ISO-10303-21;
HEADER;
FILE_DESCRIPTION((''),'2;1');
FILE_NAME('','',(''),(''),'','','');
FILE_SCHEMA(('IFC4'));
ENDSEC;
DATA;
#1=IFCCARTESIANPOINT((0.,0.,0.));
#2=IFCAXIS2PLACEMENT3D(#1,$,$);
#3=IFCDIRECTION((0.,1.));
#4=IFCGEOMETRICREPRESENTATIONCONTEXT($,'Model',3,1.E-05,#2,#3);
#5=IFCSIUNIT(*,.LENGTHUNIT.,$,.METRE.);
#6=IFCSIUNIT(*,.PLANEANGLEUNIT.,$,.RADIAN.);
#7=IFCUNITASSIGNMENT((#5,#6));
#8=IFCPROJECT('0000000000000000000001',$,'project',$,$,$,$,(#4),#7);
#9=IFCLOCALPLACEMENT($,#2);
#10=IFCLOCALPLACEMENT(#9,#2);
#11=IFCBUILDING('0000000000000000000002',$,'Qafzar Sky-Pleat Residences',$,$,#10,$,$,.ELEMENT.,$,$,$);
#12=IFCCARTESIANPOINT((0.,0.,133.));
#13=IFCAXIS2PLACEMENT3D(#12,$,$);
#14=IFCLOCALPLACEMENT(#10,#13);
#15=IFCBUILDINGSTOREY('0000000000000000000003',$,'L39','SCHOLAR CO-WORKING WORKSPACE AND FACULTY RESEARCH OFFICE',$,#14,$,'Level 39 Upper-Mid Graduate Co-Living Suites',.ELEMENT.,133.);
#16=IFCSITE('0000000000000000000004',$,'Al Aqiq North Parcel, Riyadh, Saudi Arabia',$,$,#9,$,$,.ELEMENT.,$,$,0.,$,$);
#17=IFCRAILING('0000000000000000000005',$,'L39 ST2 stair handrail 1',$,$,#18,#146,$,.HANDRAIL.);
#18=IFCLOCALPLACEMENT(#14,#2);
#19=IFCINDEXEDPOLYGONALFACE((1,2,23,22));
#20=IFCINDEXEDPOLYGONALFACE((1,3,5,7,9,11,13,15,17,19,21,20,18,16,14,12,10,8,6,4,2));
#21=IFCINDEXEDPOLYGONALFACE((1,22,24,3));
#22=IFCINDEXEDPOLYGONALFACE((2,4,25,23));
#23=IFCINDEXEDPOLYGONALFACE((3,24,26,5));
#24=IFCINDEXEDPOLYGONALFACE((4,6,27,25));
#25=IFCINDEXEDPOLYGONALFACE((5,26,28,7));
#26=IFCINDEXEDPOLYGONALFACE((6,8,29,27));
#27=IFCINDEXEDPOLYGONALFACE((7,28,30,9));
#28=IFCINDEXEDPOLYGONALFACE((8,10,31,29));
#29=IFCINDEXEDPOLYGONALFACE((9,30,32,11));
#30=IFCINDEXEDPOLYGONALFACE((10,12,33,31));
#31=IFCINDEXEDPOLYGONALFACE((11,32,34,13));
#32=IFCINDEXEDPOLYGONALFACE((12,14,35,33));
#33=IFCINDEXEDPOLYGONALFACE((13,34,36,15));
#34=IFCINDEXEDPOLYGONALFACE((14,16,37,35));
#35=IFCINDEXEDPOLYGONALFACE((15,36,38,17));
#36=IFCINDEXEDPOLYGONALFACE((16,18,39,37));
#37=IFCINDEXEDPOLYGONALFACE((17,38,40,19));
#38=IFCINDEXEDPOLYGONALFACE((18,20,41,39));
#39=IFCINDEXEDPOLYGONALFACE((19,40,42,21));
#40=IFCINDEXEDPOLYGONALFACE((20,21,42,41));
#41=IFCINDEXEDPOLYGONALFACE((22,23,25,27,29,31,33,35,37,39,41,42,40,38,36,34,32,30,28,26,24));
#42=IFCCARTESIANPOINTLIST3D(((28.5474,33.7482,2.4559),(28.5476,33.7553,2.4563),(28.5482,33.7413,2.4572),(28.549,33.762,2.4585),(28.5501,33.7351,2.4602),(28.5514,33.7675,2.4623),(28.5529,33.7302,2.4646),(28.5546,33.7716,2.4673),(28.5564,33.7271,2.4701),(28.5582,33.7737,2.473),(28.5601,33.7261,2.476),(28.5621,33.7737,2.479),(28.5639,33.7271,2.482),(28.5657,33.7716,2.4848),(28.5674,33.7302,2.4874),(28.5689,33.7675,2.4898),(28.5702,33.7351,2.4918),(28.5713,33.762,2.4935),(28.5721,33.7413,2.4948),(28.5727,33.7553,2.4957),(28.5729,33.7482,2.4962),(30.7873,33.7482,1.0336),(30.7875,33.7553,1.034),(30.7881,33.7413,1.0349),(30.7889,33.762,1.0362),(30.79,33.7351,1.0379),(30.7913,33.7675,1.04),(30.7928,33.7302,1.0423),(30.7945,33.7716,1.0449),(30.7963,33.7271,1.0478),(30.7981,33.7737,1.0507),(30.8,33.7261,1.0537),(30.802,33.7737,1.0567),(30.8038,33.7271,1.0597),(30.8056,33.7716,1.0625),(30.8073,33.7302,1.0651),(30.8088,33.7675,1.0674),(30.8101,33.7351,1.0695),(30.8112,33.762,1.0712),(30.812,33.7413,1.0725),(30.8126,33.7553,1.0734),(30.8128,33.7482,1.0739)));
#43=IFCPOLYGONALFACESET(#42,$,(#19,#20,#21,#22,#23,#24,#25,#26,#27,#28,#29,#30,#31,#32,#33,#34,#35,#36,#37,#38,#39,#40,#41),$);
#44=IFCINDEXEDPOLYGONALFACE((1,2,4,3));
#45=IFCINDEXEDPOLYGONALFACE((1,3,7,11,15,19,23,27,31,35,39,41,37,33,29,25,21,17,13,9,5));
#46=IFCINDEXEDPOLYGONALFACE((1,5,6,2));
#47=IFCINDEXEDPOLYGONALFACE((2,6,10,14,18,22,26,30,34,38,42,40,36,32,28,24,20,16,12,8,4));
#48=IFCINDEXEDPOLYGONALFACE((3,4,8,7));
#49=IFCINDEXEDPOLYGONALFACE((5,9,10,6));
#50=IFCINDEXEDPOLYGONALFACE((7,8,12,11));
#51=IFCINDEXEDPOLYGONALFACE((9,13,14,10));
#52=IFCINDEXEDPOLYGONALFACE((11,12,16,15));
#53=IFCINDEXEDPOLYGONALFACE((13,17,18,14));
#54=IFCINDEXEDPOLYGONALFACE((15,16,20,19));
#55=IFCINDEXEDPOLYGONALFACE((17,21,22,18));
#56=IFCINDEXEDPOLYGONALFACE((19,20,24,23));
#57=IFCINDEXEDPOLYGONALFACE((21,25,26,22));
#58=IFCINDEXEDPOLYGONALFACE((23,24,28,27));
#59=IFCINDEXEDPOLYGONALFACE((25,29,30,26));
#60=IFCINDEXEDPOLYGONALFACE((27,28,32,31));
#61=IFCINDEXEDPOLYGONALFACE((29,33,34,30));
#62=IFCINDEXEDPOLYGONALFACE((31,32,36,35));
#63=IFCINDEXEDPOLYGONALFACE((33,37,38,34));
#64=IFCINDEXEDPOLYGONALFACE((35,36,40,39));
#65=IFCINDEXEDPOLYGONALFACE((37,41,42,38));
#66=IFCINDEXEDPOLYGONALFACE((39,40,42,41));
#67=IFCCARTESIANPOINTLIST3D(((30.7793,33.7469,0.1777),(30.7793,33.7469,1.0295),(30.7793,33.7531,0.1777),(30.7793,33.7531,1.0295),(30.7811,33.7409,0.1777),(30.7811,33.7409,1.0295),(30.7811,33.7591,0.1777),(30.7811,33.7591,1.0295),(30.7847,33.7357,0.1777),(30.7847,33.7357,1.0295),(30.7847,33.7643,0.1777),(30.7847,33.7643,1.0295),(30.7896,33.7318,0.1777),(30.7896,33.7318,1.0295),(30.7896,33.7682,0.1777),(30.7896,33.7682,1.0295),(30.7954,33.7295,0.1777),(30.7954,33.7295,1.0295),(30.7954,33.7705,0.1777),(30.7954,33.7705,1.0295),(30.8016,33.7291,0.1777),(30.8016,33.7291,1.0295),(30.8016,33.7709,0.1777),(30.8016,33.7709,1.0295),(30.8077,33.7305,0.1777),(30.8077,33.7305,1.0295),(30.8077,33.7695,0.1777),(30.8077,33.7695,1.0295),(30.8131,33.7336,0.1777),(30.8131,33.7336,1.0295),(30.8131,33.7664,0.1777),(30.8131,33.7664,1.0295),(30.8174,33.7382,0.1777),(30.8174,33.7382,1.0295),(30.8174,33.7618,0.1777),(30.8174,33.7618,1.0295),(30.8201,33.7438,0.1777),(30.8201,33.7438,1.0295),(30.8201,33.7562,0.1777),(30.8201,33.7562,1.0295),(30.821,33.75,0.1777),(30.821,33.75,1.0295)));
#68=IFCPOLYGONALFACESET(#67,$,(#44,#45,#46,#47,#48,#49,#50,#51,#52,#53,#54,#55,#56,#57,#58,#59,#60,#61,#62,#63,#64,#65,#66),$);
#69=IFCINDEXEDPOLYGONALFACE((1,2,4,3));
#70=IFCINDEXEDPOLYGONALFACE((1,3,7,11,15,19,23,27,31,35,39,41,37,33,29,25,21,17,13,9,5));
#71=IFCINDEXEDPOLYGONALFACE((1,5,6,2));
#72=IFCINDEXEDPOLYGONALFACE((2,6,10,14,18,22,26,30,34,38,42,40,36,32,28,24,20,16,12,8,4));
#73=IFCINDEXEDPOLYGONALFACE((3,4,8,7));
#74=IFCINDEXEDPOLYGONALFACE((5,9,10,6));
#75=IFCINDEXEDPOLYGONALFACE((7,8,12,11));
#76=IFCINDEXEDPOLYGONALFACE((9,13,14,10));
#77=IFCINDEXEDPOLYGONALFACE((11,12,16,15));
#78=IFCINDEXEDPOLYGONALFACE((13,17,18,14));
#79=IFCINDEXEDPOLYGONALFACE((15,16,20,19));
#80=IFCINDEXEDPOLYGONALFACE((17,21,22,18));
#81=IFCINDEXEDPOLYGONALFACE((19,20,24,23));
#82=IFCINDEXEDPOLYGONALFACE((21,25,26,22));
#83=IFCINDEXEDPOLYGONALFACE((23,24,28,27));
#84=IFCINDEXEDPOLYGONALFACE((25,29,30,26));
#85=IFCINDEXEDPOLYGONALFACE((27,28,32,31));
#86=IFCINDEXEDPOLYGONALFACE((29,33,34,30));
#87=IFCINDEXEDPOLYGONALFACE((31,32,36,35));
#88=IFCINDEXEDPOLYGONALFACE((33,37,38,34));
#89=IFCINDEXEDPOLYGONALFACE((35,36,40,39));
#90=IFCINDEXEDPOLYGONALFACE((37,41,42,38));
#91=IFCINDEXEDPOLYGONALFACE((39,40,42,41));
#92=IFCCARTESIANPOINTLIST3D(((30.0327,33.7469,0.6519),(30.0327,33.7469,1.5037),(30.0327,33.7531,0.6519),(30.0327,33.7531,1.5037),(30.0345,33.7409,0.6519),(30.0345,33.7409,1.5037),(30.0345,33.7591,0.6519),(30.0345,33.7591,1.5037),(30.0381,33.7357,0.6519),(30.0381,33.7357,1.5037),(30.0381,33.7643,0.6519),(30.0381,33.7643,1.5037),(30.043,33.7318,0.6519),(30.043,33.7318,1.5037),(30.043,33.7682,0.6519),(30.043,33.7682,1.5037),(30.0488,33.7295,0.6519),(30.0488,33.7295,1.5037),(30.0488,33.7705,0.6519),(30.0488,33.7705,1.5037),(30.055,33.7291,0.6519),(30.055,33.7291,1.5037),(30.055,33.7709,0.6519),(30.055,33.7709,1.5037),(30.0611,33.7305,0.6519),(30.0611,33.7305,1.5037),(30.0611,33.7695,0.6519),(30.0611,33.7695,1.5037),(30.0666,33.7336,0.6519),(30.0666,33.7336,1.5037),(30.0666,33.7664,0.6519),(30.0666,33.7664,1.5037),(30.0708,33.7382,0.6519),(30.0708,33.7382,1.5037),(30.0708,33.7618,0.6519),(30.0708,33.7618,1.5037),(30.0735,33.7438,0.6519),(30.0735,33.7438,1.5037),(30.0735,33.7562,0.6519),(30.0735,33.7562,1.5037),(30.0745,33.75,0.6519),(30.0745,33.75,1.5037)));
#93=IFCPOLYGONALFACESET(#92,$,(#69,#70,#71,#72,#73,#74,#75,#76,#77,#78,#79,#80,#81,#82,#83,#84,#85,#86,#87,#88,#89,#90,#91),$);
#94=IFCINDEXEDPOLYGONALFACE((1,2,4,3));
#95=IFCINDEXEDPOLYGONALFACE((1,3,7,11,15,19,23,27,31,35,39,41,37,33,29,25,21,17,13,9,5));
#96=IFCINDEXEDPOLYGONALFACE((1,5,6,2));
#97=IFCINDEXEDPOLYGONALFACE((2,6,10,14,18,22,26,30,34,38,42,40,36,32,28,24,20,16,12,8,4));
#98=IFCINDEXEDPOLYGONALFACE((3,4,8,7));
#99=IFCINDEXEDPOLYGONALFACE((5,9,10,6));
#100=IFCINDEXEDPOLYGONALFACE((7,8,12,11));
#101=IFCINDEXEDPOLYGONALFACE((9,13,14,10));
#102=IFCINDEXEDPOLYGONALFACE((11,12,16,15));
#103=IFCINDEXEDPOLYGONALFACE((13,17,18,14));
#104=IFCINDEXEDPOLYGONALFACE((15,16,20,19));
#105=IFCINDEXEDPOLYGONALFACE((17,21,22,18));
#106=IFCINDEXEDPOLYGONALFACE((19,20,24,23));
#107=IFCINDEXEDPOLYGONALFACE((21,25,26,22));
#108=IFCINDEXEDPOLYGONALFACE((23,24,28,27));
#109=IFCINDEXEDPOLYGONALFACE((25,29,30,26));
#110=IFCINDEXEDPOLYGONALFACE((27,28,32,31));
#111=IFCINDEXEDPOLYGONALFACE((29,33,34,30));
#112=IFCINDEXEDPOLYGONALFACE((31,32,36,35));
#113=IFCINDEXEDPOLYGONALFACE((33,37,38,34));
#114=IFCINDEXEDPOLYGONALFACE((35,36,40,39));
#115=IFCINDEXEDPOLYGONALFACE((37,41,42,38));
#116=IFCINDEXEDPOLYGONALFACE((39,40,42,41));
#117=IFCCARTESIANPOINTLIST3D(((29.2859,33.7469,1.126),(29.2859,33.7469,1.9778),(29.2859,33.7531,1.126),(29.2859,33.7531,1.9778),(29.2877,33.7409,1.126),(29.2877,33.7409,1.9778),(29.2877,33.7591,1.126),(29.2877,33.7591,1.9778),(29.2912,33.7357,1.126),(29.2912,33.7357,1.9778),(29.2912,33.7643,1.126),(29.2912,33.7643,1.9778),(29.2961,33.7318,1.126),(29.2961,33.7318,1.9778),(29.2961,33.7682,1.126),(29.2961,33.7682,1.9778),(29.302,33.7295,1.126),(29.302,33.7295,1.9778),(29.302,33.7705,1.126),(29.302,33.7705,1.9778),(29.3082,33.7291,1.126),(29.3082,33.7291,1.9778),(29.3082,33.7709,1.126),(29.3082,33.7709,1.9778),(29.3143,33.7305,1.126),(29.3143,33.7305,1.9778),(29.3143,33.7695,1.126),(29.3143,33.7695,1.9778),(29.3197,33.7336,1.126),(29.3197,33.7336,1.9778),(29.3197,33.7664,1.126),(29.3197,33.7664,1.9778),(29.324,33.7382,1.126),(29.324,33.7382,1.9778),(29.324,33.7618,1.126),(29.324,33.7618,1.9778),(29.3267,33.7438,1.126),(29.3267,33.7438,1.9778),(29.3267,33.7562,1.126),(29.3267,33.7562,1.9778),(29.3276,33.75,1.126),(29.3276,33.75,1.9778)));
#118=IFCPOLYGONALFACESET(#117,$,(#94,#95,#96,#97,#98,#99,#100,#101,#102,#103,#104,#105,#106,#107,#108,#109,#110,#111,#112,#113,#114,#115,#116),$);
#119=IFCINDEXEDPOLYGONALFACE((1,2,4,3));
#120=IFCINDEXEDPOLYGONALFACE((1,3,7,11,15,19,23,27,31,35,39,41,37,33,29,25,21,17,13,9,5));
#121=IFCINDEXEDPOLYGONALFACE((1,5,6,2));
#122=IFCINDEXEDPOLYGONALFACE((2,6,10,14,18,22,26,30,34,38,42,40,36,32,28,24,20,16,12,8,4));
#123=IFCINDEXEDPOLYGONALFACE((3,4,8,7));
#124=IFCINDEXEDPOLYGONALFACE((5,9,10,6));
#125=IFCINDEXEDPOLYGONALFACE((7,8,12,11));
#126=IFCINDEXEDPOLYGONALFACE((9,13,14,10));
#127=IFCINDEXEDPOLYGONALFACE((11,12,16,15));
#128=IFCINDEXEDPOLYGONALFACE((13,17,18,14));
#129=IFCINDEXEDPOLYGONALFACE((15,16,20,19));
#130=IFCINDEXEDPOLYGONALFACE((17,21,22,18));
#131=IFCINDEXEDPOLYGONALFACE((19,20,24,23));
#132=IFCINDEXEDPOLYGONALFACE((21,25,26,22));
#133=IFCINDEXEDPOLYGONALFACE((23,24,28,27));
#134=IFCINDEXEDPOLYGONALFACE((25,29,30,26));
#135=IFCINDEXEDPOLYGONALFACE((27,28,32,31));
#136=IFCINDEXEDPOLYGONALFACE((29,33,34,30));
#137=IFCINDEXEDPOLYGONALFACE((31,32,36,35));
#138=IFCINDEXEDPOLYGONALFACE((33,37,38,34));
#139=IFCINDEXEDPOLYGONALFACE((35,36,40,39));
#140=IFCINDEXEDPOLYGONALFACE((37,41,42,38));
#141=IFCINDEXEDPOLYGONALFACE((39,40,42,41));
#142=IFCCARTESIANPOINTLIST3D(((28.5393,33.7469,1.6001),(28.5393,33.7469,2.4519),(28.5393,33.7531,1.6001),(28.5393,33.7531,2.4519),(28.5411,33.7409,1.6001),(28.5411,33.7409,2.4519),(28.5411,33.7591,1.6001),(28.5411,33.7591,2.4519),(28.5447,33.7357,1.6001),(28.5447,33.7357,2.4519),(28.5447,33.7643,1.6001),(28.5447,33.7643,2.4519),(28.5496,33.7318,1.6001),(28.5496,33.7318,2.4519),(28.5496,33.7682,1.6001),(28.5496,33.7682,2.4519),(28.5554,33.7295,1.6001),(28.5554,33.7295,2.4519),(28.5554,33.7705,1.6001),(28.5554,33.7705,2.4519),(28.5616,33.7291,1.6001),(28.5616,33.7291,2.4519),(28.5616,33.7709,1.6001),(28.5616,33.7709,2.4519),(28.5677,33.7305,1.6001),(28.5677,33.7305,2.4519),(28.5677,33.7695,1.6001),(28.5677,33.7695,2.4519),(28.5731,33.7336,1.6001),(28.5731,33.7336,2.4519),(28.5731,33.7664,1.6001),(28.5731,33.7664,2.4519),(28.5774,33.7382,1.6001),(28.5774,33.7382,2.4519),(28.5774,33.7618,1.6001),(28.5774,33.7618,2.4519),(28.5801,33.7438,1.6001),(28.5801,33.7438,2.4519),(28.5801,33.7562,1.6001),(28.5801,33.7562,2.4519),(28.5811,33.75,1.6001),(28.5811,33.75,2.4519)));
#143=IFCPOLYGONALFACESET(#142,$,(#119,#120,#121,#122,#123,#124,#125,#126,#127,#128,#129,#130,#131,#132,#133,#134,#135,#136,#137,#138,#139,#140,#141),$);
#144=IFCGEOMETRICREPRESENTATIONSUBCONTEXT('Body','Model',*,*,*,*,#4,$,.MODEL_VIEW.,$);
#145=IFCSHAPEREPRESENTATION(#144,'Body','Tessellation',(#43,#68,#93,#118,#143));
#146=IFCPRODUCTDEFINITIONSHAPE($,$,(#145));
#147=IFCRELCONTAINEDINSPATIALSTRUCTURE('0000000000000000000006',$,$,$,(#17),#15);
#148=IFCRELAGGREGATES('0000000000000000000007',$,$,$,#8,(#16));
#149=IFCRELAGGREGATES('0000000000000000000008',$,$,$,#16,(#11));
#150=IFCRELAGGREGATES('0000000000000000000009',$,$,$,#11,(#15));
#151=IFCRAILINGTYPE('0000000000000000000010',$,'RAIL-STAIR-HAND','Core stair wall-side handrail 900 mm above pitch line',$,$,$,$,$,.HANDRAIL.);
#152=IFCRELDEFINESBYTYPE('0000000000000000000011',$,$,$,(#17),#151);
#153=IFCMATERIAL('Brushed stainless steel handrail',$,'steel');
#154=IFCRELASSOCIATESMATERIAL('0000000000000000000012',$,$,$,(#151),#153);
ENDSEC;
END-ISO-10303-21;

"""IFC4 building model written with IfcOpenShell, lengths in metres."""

from ifc_helpers import new_model, si_unit, direction, frame, origin, origin_2d, place, context, subcontext, project, spatial, circle, extrude, source, transform, mapped, material, type_object, element, save


model = new_model("IFC4")

# Units and contexts
model_context = context("Model", 3, precision=1e-05, world=origin(), true_north=direction((0.0, 1.0)))
body_context = subcontext(model_context, "Body", "Model", "MODEL_VIEW")
ifc_project = project(units=[si_unit("LENGTHUNIT", "METRE"), si_unit("PLANEANGLEUNIT", "RADIAN")], contexts=[model_context])

# Site, building, storey
site_placement = place(None, origin())
site = spatial("IfcSite", under=ifc_project, at=site_placement, Name="Al Aqiq North Parcel, Riyadh, Saudi Arabia", CompositionType="ELEMENT", RefElevation=0.0)
building_placement = place(site_placement, origin())
building = spatial("IfcBuilding", under=site, at=building_placement, Name="Qafzar Sky-Pleat Residences", CompositionType="ELEMENT")
storey_placement = place(building_placement, frame((0.0, 0.0, 133.0)))
storey = spatial("IfcBuildingStorey", under=building, at=storey_placement, Name="L39", Description="SCHOLAR CO-WORKING WORKSPACE AND FACULTY RESEARCH OFFICE", LongName="Level 39 Upper-Mid Graduate Co-Living Suites", CompositionType="ELEMENT", Elevation=133.0)

# Railing
ifc_material_1 = material(Name="Brushed stainless steel handrail", Category="steel")
railing_type_1 = type_object("IfcRailingType", Name="RAIL-STAIR-HAND", Description="Core stair wall-side handrail 900 mm above pitch line", PredefinedType="HANDRAIL", material=ifc_material_1)
shared_shape_1 = source(origin(), body_context, "Body", "SweptSolid", [
    extrude(circle(Radius=0.0239, at=origin_2d()), frame((0.0, 0.0, 0.876), z_axis=(-0.844188, 0.0, 0.536048), x_axis=(0.0, -1.0, 0.0)), (0.0, 0.0, 1.0), 2.6533),
    extrude(circle(Radius=0.021, at=origin_2d()), origin(), (0.0, 0.0, 1.0), 0.8518),
    extrude(circle(Radius=0.021, at=origin_2d()), frame((-0.7466, 0.0, 0.4741)), (0.0, 0.0, 1.0), 0.8518),
    extrude(circle(Radius=0.021, at=origin_2d()), frame((-1.4934, 0.0, 0.9482)), (0.0, 0.0, 1.0), 0.8518),
    extrude(circle(Radius=0.021, at=origin_2d()), frame((-2.24, 0.0, 1.4224)), (0.0, 0.0, 1.0), 0.8518),
])
railing_1_placement = place(storey_placement, frame((30.8, 33.75, 0.1777)))
element("IfcRailing", 1, at=railing_1_placement, inside=storey, type_object=railing_type_1, Name="L39 ST2 stair handrail 1", PredefinedType="HANDRAIL", context=body_context, shape_type="MappedRepresentation", body=[
    mapped(shared_shape_1, transform((0.0, 0.0, 0.0), x_axis=(1.0, 0.0, 0.0), y_axis=(0.0, 1.0, 0.0), z_axis=(0.0, 0.0, 1.0), scale=1.0)),
])

save(model, "model.ifc")
